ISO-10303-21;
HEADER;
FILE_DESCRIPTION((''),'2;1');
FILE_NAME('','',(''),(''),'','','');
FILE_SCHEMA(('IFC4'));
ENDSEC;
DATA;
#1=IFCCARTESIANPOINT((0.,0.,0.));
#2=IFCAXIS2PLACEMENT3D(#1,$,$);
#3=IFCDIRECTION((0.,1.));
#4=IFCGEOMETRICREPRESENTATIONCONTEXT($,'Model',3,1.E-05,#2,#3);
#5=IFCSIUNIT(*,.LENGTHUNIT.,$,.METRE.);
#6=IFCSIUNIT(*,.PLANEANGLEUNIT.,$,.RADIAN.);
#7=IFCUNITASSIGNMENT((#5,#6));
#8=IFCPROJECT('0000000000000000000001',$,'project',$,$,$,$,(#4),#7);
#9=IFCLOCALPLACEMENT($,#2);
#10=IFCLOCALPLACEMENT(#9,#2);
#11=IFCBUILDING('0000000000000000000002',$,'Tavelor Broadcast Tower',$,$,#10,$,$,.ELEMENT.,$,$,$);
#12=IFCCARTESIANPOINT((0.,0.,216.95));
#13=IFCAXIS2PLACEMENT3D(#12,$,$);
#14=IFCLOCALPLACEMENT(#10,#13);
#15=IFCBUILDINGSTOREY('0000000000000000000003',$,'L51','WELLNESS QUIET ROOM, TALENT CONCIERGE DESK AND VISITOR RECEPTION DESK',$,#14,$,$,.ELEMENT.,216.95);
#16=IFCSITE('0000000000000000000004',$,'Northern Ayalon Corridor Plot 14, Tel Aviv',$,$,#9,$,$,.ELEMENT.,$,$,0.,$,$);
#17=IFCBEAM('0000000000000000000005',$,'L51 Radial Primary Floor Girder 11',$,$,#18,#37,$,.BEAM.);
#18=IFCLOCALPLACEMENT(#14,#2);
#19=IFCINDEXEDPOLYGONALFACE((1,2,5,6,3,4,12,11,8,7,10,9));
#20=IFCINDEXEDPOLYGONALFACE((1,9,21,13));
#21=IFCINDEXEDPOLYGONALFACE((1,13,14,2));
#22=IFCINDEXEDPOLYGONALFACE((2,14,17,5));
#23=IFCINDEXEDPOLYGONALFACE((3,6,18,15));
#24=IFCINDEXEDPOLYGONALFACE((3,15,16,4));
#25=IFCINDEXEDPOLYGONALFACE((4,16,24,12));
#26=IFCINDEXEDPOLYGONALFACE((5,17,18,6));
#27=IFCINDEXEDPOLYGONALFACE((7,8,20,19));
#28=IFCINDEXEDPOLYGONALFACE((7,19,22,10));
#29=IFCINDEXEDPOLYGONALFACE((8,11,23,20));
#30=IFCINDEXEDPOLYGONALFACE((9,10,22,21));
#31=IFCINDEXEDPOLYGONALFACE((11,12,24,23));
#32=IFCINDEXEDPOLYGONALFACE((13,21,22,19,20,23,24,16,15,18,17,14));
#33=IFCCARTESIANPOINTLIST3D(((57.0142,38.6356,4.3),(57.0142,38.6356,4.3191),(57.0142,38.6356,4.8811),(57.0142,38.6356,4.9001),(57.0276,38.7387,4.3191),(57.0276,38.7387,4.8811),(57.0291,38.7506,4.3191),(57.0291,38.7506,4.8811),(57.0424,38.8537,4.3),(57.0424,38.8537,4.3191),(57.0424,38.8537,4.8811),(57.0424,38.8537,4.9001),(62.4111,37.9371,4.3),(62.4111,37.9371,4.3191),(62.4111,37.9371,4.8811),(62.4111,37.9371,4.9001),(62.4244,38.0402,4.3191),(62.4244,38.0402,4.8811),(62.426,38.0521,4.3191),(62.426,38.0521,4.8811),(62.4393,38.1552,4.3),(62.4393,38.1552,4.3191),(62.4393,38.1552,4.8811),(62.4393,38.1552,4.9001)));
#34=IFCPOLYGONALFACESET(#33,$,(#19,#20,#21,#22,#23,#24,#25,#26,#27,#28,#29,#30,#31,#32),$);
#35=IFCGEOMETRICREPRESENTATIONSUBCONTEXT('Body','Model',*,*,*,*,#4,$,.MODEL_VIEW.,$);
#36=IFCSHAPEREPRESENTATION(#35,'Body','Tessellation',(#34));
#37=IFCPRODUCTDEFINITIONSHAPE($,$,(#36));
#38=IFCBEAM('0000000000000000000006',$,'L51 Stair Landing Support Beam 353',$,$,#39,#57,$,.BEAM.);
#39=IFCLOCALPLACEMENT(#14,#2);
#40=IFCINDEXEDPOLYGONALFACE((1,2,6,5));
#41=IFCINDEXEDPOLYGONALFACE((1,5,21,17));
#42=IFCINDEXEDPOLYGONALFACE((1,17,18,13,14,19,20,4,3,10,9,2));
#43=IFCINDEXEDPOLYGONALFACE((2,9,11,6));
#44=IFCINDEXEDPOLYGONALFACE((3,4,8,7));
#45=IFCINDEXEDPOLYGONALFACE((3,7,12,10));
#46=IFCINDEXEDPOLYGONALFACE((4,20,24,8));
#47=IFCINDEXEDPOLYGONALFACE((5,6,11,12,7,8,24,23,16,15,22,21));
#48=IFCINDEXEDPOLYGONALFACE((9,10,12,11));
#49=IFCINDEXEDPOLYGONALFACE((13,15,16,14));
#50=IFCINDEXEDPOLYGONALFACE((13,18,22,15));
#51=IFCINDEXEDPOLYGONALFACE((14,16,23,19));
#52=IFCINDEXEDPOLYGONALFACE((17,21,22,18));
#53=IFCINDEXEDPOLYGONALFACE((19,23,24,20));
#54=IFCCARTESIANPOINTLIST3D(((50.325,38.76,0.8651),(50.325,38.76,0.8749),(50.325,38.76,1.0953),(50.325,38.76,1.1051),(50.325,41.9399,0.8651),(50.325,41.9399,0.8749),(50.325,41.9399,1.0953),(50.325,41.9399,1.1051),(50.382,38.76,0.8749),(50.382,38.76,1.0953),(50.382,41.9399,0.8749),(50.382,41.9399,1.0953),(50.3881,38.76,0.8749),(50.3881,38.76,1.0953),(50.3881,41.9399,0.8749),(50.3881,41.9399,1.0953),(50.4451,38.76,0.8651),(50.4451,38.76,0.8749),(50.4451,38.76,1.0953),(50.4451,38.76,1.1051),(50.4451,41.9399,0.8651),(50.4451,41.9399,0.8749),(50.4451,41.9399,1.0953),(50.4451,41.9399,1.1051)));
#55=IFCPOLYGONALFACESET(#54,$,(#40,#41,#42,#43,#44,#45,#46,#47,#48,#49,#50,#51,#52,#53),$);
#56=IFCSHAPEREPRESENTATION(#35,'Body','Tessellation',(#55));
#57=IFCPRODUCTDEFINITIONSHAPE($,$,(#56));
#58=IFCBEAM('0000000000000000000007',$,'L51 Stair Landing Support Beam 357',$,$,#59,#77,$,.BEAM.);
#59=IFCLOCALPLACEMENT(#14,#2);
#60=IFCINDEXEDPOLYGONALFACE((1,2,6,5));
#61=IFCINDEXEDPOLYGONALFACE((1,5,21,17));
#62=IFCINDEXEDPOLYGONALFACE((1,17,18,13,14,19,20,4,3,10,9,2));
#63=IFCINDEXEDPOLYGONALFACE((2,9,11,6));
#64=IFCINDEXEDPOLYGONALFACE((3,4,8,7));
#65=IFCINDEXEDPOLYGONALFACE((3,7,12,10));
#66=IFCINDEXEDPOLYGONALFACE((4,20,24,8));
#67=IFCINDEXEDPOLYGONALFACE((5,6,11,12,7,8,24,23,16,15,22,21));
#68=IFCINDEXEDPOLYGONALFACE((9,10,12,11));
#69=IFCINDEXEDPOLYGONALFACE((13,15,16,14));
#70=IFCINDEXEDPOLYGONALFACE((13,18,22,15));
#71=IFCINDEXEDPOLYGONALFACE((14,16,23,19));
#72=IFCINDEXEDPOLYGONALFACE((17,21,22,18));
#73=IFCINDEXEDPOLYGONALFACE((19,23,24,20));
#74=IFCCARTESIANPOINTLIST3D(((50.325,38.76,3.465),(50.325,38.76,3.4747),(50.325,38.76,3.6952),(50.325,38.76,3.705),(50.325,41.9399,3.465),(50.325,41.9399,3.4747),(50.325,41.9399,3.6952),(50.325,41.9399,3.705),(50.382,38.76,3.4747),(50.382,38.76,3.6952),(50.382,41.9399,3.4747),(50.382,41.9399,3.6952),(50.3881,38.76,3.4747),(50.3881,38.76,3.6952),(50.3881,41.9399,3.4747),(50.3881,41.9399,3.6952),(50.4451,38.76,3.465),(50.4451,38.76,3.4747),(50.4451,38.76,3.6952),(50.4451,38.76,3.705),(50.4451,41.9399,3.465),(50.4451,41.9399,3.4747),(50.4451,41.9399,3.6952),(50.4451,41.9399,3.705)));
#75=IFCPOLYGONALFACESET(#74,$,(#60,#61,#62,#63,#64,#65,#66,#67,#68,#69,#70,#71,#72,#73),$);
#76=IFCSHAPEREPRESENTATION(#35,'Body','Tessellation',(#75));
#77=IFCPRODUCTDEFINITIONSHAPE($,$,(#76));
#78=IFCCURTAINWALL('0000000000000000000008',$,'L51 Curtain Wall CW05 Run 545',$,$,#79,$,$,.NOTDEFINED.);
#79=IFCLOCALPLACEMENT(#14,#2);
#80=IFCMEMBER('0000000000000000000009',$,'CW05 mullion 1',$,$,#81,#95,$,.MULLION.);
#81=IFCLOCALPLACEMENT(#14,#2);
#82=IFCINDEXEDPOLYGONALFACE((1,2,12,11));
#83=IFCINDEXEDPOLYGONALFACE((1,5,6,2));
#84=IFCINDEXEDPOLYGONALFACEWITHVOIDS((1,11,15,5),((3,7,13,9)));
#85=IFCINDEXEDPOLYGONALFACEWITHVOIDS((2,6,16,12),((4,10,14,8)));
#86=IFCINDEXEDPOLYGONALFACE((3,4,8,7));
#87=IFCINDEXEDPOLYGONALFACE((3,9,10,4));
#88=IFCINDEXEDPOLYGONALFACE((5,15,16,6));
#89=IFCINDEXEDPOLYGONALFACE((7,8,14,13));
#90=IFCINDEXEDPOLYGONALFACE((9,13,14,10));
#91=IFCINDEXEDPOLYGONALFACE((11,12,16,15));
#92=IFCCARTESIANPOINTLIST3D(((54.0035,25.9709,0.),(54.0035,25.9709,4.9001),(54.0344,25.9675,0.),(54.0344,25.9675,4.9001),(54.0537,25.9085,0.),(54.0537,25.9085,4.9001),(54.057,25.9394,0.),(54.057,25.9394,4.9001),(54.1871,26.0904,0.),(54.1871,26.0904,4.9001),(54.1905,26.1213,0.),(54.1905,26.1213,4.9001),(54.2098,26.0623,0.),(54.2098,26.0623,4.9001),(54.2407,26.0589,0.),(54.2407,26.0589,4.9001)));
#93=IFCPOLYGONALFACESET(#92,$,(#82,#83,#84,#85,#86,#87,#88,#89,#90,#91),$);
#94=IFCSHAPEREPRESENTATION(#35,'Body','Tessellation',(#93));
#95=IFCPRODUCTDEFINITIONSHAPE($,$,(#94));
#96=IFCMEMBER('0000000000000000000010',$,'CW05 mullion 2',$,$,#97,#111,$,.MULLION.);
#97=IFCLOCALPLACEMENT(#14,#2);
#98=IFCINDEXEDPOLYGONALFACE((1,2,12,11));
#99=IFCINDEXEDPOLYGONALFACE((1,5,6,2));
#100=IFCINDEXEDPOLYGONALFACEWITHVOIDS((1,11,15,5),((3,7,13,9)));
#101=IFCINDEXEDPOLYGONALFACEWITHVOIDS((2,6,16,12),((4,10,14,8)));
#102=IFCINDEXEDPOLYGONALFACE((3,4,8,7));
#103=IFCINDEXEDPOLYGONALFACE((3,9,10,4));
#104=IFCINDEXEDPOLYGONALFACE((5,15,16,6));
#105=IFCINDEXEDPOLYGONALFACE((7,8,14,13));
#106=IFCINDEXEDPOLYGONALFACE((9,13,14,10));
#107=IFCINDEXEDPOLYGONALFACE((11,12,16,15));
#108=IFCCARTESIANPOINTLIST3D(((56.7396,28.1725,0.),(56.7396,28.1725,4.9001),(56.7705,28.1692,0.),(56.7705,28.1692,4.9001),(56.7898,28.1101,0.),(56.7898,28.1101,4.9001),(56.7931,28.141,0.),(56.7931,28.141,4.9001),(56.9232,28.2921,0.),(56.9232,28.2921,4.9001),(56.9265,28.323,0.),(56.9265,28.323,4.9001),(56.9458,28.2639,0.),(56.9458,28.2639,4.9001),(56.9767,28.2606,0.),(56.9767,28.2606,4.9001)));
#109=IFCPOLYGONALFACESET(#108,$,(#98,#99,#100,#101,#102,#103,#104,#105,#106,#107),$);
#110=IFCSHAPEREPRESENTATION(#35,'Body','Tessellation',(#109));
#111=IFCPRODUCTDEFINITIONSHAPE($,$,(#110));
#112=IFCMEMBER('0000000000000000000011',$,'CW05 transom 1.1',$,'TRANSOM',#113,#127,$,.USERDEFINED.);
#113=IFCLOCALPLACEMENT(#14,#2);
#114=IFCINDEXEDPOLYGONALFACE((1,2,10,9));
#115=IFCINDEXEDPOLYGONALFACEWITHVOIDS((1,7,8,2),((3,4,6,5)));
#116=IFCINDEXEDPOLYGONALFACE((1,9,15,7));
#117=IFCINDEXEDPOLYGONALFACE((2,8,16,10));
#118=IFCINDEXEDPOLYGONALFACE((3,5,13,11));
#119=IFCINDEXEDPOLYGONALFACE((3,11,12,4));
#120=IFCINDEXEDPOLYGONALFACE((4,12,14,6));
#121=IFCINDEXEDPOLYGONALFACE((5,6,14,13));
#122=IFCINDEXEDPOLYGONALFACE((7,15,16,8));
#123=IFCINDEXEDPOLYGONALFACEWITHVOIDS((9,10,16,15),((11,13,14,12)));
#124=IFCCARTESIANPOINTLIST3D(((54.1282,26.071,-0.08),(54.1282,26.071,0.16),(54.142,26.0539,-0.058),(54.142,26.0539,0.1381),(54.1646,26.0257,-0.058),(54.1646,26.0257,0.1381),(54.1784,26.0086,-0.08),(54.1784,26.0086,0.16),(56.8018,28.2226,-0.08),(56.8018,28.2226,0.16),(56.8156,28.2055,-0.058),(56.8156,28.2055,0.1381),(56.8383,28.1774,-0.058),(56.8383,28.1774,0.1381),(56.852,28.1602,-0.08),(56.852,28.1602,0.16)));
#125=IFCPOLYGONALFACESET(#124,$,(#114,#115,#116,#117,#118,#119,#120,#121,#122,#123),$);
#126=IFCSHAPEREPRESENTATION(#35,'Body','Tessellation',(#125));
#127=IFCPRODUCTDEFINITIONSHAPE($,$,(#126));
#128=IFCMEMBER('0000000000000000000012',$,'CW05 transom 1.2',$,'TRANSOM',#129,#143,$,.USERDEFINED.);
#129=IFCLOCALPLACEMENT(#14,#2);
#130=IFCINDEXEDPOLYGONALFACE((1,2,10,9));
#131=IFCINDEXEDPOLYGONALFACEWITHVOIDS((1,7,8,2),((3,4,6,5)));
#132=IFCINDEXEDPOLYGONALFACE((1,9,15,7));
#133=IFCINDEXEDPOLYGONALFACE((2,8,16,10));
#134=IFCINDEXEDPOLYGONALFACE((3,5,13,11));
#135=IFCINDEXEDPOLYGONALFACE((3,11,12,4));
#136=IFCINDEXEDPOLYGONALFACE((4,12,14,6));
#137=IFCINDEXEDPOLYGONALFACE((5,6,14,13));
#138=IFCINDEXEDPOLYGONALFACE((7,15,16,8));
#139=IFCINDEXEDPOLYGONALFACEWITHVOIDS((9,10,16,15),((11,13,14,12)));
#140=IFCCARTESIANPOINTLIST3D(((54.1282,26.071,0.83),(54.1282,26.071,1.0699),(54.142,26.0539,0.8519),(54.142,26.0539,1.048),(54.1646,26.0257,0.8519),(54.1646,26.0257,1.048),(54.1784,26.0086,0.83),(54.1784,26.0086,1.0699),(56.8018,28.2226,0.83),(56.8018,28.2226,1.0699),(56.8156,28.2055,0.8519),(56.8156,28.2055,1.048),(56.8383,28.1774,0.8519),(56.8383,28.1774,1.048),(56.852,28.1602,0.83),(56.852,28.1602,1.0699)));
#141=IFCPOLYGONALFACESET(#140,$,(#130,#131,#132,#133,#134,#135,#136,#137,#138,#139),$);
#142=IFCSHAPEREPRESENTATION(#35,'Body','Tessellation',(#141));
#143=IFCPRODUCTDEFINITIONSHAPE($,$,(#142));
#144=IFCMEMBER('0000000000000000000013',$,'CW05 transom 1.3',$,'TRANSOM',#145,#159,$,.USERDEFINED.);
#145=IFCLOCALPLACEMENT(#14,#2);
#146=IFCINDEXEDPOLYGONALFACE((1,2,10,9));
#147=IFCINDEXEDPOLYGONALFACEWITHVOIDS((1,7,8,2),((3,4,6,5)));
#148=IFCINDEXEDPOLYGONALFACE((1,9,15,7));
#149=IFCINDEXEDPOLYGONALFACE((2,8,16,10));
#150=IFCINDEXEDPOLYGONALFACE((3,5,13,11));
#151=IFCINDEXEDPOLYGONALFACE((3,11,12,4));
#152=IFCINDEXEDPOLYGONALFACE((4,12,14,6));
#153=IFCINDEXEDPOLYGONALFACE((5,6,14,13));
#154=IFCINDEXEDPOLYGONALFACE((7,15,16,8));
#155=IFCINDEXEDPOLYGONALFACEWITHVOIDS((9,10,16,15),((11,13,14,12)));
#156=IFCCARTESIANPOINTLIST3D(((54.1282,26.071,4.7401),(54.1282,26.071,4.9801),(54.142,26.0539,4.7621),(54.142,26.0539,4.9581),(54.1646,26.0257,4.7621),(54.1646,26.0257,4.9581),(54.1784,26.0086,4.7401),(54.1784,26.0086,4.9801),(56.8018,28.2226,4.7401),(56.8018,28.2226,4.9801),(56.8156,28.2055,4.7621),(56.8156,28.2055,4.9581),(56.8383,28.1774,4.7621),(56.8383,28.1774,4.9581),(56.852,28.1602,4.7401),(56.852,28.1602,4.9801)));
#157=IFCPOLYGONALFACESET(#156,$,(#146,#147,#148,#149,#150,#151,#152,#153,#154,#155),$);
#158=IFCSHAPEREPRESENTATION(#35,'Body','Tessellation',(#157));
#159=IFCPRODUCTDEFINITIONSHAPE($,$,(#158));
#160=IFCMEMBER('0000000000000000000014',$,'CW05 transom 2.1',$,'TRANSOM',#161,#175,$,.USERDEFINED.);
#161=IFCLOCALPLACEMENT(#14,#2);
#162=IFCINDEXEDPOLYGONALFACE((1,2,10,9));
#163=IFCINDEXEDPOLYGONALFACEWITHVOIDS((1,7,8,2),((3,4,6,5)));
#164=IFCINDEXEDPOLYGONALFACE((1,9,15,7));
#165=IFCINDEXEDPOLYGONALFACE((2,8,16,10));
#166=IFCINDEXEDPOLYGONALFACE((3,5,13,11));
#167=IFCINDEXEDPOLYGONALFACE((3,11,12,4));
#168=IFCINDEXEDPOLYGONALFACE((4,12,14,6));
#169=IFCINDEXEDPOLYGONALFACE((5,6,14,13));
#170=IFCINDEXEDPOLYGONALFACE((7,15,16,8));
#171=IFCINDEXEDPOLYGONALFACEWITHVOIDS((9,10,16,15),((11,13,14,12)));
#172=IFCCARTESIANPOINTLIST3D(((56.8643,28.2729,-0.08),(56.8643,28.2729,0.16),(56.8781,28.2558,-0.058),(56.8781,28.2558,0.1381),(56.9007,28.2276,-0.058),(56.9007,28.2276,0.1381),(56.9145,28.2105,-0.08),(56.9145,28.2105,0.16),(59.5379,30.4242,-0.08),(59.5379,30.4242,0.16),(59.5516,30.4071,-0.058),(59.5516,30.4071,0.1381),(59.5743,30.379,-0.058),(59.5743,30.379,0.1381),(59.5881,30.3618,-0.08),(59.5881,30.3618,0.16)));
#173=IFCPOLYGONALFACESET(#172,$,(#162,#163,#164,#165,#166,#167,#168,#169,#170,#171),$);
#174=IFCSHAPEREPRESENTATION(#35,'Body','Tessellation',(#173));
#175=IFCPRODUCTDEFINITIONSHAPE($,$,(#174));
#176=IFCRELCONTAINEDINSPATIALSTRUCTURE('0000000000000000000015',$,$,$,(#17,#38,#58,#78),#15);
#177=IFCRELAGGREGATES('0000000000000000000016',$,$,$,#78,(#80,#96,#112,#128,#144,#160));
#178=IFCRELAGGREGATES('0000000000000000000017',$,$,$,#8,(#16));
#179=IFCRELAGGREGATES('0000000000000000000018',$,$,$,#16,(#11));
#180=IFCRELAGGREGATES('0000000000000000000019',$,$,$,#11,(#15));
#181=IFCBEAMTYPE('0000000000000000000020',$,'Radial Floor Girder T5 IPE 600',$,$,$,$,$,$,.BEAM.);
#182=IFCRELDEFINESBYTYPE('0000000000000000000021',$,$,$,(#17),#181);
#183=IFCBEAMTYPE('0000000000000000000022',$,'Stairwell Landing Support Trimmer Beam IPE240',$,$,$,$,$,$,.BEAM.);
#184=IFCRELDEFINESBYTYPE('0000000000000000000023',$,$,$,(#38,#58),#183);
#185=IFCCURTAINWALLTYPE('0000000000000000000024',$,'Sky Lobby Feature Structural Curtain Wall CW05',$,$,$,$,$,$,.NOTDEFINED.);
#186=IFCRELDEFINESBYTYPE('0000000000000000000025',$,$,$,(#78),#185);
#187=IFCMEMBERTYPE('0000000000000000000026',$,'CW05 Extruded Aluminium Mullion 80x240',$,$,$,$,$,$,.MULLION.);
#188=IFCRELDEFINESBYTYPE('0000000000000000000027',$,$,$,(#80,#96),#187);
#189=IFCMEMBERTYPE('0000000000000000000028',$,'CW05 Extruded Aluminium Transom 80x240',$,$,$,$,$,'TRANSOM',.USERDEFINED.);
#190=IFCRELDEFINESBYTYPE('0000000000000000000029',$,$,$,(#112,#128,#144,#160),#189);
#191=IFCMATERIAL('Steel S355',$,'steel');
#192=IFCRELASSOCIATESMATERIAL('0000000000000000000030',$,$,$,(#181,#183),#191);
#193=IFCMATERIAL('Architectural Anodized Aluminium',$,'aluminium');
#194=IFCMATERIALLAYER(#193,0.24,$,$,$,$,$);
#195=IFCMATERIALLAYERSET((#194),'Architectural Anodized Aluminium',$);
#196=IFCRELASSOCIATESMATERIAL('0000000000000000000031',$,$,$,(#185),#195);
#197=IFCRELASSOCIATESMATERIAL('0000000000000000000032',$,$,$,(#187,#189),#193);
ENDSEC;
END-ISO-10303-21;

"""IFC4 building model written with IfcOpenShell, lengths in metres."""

from ifc_helpers import new_model, si_unit, direction, frame, origin, origin_2d, place, context, subcontext, project, spatial, hollow_rectangle, i_section, extrude, source, transform, mapped, material, layer, layer_set, material_profile, profile_set, type_object, type_shapes, element, aggregate, save


model = new_model("IFC4")

# Units and contexts
model_context = context("Model", 3, precision=1e-05, world=origin(), true_north=direction((0.0, 1.0)))
body_context = subcontext(model_context, "Body", "Model", "MODEL_VIEW")
ifc_project = project(units=[si_unit("LENGTHUNIT", "METRE"), si_unit("PLANEANGLEUNIT", "RADIAN")], contexts=[model_context])

# Site, building, storey
site_placement = place(None, origin())
site = spatial("IfcSite", under=ifc_project, at=site_placement, Name="Northern Ayalon Corridor Plot 14, Tel Aviv", CompositionType="ELEMENT", RefElevation=0.0)
building_placement = place(site_placement, origin())
building = spatial("IfcBuilding", under=site, at=building_placement, Name="Tavelor Broadcast Tower", CompositionType="ELEMENT")
storey_placement = place(building_placement, frame((0.0, 0.0, 216.95)))
storey = spatial("IfcBuildingStorey", under=building, at=storey_placement, Name="L51", Description="WELLNESS QUIET ROOM, TALENT CONCIERGE DESK AND VISITOR RECEPTION DESK", CompositionType="ELEMENT", Elevation=216.95)

# Shared definitions
ifc_material_1 = material(Name="Steel S355", Category="steel")

# Beams
ifc_material_profile_1 = material_profile(ifc_material_1, i_section(OverallWidth=0.22, OverallDepth=0.6001, WebThickness=0.012, FlangeThickness=0.019, at=origin_2d()), Name="IPE 600")
ifc_profile_set_1 = profile_set([ifc_material_profile_1], Name="Steel S355")
beam_type_1 = type_object("IfcBeamType", Name="Radial Floor Girder T5 IPE 600", PredefinedType="BEAM", material=ifc_profile_set_1)
beam_1_placement = place(storey_placement, frame((57.0283, 38.7446, 4.6001), z_axis=(0.991729, -0.128351, 0.0), x_axis=(0.128351, 0.991729, 0.0)))
element("IfcBeam", 1, at=beam_1_placement, inside=storey, type_object=beam_type_1, Name="L51 Radial Primary Floor Girder 11", PredefinedType="BEAM", context=body_context, shape_type="SweptSolid", body=[
    extrude(i_section(OverallWidth=0.22, OverallDepth=0.6001, WebThickness=0.012, FlangeThickness=0.019, at=origin_2d()), origin(), (0.0, 0.0, 1.0), 5.4419),
])
ifc_material_profile_2 = material_profile(ifc_material_1, i_section(OverallWidth=0.1201, OverallDepth=0.24, WebThickness=0.0061, FlangeThickness=0.0098, at=origin_2d()), Name="IPE 240")
ifc_profile_set_2 = profile_set([ifc_material_profile_2], Name="Steel S355")
beam_type_2 = type_object("IfcBeamType", Name="Stairwell Landing Support Trimmer Beam IPE240", PredefinedType="BEAM", material=ifc_profile_set_2)
for number, where, z_axis, x_axis, name in (
    (2, (50.385, 38.76, 0.9851), (0.0, 1.0, 0.0), (-1.0, 0.0, 0.0), "L51 Stair Landing Support Beam 353"),
    (3, (50.385, 38.76, 3.585), (0.0, 1.0, 0.0), (-1.0, 0.0, 0.0), "L51 Stair Landing Support Beam 357"),
):
    element("IfcBeam", number, at=place(storey_placement, frame(where, z_axis=z_axis, x_axis=x_axis)), inside=storey, type_object=beam_type_2, Name=name, PredefinedType="BEAM", context=body_context, shape_type="SweptSolid", body=[
        extrude(i_section(OverallWidth=0.1201, OverallDepth=0.24, WebThickness=0.0061, FlangeThickness=0.0098, at=origin_2d()), origin(), (0.0, 0.0, 1.0), 3.1799),
    ])

# Curtain wall, members
ifc_material_2 = material(Name="Architectural Anodized Aluminium", Category="aluminium")
ifc_layer_1 = layer(ifc_material_2, 0.24)
ifc_layer_set_1 = layer_set([ifc_layer_1], Name="Architectural Anodized Aluminium")
curtain_wall_type = type_object("IfcCurtainWallType", Name="Sky Lobby Feature Structural Curtain Wall CW05", PredefinedType="NOTDEFINED", material=ifc_layer_set_1)
curtain_wall_placement = place(storey_placement, origin())
curtain_wall = element("IfcCurtainWall", 4, at=curtain_wall_placement, inside=storey, type_object=curtain_wall_type, Name="L51 Curtain Wall CW05 Run 545", PredefinedType="NOTDEFINED")
ifc_material_profile_3 = material_profile(ifc_material_2, hollow_rectangle(XDim=0.0801, YDim=0.24, WallThickness=0.022, at=origin_2d()), Name="RHS 80x240x22")
ifc_profile_set_3 = profile_set([ifc_material_profile_3], Name="Architectural Anodized Aluminium")
member_type_1 = type_object("IfcMemberType", Name="CW05 Extruded Aluminium Mullion 80x240", PredefinedType="MULLION", material=ifc_profile_set_3)
shared_shape_1 = source(origin(), body_context, "Body", "SweptSolid", [
    extrude(hollow_rectangle(XDim=0.0801, YDim=0.24, WallThickness=0.022, at=origin_2d()), origin(), (0.0, 0.0, 1.0), 4.9001),
])
type_shapes(member_type_1, [shared_shape_1])
member_1_placement = place(storey_placement, frame((54.1221, 26.0149, 0.0), z_axis=(0.0, 0.0, 1.0), x_axis=(-0.626938, 0.779069, 0.0)))
member_1 = element("IfcMember", 5, at=member_1_placement, type_object=member_type_1, Name="CW05 mullion 1", PredefinedType="MULLION", context=body_context, shape_type="MappedRepresentation", body=[
    mapped(shared_shape_1, transform((0.0, 0.0, 0.0), scale=1.0)),
])
member_2_placement = place(storey_placement, frame((56.8582, 28.2166, 0.0), z_axis=(0.0, 0.0, 1.0), x_axis=(-0.626938, 0.779069, 0.0)))
member_2 = element("IfcMember", 6, at=member_2_placement, type_object=member_type_1, Name="CW05 mullion 2", PredefinedType="MULLION", context=body_context, shape_type="MappedRepresentation", body=[
    mapped(shared_shape_1, transform((0.0, 0.0, 0.0), scale=1.0)),
])
ifc_material_profile_4 = material_profile(ifc_material_2, hollow_rectangle(XDim=0.0801, YDim=0.24, WallThickness=0.022, at=origin_2d()), Name="RHS 80x240x22")
ifc_profile_set_4 = profile_set([ifc_material_profile_4], Name="Architectural Anodized Aluminium")
member_type_2 = type_object("IfcMemberType", Name="CW05 Extruded Aluminium Transom 80x240", ElementType="TRANSOM", PredefinedType="USERDEFINED", material=ifc_profile_set_4)
shared_shape_2 = source(origin(), body_context, "Body", "SweptSolid", [
    extrude(hollow_rectangle(XDim=0.0801, YDim=0.24, WallThickness=0.022, at=origin_2d()), origin(), (0.0, 0.0, 1.0), 3.4319),
])
member_3_placement = place(storey_placement, frame((54.1533, 26.0398, 0.04), z_axis=(0.779054, 0.626957, 0.0), x_axis=(-0.626957, 0.779054, 0.0)))
member_3 = element("IfcMember", 7, at=member_3_placement, type_object=member_type_2, Name="CW05 transom 1.1", ObjectType="TRANSOM", PredefinedType="USERDEFINED", context=body_context, shape_type="MappedRepresentation", body=[
    mapped(shared_shape_2, transform((0.0, 0.0, 0.0), scale=1.0)),
])
member_4_placement = place(storey_placement, frame((54.1533, 26.0398, 0.95), z_axis=(0.779054, 0.626957, 0.0), x_axis=(-0.626957, 0.779054, 0.0)))
member_4 = element("IfcMember", 8, at=member_4_placement, type_object=member_type_2, Name="CW05 transom 1.2", ObjectType="TRANSOM", PredefinedType="USERDEFINED", context=body_context, shape_type="MappedRepresentation", body=[
    mapped(shared_shape_2, transform((0.0, 0.0, 0.0), scale=1.0)),
])
member_5_placement = place(storey_placement, frame((54.1533, 26.0398, 4.8601), z_axis=(0.779054, 0.626957, 0.0), x_axis=(-0.626957, 0.779054, 0.0)))
member_5 = element("IfcMember", 9, at=member_5_placement, type_object=member_type_2, Name="CW05 transom 1.3", ObjectType="TRANSOM", PredefinedType="USERDEFINED", context=body_context, shape_type="MappedRepresentation", body=[
    mapped(shared_shape_2, transform((0.0, 0.0, 0.0), scale=1.0)),
])
shared_shape_3 = source(origin(), body_context, "Body", "SweptSolid", [
    extrude(hollow_rectangle(XDim=0.0801, YDim=0.24, WallThickness=0.022, at=origin_2d()), origin(), (0.0, 0.0, 1.0), 3.4316),
])
type_shapes(member_type_2, [shared_shape_2, shared_shape_3])
member_6_placement = place(storey_placement, frame((56.8894, 28.2417, 0.04), z_axis=(0.779089, 0.626914, 0.0), x_axis=(-0.626914, 0.779089, 0.0)))
member_6 = element("IfcMember", 10, at=member_6_placement, type_object=member_type_2, Name="CW05 transom 2.1", ObjectType="TRANSOM", PredefinedType="USERDEFINED", context=body_context, shape_type="MappedRepresentation", body=[
    mapped(shared_shape_3, transform((0.0, 0.0, 0.0), scale=1.0)),
])

aggregate(curtain_wall, [member_1, member_2, member_3, member_4, member_5, member_6])

save(model, "model.ifc")
